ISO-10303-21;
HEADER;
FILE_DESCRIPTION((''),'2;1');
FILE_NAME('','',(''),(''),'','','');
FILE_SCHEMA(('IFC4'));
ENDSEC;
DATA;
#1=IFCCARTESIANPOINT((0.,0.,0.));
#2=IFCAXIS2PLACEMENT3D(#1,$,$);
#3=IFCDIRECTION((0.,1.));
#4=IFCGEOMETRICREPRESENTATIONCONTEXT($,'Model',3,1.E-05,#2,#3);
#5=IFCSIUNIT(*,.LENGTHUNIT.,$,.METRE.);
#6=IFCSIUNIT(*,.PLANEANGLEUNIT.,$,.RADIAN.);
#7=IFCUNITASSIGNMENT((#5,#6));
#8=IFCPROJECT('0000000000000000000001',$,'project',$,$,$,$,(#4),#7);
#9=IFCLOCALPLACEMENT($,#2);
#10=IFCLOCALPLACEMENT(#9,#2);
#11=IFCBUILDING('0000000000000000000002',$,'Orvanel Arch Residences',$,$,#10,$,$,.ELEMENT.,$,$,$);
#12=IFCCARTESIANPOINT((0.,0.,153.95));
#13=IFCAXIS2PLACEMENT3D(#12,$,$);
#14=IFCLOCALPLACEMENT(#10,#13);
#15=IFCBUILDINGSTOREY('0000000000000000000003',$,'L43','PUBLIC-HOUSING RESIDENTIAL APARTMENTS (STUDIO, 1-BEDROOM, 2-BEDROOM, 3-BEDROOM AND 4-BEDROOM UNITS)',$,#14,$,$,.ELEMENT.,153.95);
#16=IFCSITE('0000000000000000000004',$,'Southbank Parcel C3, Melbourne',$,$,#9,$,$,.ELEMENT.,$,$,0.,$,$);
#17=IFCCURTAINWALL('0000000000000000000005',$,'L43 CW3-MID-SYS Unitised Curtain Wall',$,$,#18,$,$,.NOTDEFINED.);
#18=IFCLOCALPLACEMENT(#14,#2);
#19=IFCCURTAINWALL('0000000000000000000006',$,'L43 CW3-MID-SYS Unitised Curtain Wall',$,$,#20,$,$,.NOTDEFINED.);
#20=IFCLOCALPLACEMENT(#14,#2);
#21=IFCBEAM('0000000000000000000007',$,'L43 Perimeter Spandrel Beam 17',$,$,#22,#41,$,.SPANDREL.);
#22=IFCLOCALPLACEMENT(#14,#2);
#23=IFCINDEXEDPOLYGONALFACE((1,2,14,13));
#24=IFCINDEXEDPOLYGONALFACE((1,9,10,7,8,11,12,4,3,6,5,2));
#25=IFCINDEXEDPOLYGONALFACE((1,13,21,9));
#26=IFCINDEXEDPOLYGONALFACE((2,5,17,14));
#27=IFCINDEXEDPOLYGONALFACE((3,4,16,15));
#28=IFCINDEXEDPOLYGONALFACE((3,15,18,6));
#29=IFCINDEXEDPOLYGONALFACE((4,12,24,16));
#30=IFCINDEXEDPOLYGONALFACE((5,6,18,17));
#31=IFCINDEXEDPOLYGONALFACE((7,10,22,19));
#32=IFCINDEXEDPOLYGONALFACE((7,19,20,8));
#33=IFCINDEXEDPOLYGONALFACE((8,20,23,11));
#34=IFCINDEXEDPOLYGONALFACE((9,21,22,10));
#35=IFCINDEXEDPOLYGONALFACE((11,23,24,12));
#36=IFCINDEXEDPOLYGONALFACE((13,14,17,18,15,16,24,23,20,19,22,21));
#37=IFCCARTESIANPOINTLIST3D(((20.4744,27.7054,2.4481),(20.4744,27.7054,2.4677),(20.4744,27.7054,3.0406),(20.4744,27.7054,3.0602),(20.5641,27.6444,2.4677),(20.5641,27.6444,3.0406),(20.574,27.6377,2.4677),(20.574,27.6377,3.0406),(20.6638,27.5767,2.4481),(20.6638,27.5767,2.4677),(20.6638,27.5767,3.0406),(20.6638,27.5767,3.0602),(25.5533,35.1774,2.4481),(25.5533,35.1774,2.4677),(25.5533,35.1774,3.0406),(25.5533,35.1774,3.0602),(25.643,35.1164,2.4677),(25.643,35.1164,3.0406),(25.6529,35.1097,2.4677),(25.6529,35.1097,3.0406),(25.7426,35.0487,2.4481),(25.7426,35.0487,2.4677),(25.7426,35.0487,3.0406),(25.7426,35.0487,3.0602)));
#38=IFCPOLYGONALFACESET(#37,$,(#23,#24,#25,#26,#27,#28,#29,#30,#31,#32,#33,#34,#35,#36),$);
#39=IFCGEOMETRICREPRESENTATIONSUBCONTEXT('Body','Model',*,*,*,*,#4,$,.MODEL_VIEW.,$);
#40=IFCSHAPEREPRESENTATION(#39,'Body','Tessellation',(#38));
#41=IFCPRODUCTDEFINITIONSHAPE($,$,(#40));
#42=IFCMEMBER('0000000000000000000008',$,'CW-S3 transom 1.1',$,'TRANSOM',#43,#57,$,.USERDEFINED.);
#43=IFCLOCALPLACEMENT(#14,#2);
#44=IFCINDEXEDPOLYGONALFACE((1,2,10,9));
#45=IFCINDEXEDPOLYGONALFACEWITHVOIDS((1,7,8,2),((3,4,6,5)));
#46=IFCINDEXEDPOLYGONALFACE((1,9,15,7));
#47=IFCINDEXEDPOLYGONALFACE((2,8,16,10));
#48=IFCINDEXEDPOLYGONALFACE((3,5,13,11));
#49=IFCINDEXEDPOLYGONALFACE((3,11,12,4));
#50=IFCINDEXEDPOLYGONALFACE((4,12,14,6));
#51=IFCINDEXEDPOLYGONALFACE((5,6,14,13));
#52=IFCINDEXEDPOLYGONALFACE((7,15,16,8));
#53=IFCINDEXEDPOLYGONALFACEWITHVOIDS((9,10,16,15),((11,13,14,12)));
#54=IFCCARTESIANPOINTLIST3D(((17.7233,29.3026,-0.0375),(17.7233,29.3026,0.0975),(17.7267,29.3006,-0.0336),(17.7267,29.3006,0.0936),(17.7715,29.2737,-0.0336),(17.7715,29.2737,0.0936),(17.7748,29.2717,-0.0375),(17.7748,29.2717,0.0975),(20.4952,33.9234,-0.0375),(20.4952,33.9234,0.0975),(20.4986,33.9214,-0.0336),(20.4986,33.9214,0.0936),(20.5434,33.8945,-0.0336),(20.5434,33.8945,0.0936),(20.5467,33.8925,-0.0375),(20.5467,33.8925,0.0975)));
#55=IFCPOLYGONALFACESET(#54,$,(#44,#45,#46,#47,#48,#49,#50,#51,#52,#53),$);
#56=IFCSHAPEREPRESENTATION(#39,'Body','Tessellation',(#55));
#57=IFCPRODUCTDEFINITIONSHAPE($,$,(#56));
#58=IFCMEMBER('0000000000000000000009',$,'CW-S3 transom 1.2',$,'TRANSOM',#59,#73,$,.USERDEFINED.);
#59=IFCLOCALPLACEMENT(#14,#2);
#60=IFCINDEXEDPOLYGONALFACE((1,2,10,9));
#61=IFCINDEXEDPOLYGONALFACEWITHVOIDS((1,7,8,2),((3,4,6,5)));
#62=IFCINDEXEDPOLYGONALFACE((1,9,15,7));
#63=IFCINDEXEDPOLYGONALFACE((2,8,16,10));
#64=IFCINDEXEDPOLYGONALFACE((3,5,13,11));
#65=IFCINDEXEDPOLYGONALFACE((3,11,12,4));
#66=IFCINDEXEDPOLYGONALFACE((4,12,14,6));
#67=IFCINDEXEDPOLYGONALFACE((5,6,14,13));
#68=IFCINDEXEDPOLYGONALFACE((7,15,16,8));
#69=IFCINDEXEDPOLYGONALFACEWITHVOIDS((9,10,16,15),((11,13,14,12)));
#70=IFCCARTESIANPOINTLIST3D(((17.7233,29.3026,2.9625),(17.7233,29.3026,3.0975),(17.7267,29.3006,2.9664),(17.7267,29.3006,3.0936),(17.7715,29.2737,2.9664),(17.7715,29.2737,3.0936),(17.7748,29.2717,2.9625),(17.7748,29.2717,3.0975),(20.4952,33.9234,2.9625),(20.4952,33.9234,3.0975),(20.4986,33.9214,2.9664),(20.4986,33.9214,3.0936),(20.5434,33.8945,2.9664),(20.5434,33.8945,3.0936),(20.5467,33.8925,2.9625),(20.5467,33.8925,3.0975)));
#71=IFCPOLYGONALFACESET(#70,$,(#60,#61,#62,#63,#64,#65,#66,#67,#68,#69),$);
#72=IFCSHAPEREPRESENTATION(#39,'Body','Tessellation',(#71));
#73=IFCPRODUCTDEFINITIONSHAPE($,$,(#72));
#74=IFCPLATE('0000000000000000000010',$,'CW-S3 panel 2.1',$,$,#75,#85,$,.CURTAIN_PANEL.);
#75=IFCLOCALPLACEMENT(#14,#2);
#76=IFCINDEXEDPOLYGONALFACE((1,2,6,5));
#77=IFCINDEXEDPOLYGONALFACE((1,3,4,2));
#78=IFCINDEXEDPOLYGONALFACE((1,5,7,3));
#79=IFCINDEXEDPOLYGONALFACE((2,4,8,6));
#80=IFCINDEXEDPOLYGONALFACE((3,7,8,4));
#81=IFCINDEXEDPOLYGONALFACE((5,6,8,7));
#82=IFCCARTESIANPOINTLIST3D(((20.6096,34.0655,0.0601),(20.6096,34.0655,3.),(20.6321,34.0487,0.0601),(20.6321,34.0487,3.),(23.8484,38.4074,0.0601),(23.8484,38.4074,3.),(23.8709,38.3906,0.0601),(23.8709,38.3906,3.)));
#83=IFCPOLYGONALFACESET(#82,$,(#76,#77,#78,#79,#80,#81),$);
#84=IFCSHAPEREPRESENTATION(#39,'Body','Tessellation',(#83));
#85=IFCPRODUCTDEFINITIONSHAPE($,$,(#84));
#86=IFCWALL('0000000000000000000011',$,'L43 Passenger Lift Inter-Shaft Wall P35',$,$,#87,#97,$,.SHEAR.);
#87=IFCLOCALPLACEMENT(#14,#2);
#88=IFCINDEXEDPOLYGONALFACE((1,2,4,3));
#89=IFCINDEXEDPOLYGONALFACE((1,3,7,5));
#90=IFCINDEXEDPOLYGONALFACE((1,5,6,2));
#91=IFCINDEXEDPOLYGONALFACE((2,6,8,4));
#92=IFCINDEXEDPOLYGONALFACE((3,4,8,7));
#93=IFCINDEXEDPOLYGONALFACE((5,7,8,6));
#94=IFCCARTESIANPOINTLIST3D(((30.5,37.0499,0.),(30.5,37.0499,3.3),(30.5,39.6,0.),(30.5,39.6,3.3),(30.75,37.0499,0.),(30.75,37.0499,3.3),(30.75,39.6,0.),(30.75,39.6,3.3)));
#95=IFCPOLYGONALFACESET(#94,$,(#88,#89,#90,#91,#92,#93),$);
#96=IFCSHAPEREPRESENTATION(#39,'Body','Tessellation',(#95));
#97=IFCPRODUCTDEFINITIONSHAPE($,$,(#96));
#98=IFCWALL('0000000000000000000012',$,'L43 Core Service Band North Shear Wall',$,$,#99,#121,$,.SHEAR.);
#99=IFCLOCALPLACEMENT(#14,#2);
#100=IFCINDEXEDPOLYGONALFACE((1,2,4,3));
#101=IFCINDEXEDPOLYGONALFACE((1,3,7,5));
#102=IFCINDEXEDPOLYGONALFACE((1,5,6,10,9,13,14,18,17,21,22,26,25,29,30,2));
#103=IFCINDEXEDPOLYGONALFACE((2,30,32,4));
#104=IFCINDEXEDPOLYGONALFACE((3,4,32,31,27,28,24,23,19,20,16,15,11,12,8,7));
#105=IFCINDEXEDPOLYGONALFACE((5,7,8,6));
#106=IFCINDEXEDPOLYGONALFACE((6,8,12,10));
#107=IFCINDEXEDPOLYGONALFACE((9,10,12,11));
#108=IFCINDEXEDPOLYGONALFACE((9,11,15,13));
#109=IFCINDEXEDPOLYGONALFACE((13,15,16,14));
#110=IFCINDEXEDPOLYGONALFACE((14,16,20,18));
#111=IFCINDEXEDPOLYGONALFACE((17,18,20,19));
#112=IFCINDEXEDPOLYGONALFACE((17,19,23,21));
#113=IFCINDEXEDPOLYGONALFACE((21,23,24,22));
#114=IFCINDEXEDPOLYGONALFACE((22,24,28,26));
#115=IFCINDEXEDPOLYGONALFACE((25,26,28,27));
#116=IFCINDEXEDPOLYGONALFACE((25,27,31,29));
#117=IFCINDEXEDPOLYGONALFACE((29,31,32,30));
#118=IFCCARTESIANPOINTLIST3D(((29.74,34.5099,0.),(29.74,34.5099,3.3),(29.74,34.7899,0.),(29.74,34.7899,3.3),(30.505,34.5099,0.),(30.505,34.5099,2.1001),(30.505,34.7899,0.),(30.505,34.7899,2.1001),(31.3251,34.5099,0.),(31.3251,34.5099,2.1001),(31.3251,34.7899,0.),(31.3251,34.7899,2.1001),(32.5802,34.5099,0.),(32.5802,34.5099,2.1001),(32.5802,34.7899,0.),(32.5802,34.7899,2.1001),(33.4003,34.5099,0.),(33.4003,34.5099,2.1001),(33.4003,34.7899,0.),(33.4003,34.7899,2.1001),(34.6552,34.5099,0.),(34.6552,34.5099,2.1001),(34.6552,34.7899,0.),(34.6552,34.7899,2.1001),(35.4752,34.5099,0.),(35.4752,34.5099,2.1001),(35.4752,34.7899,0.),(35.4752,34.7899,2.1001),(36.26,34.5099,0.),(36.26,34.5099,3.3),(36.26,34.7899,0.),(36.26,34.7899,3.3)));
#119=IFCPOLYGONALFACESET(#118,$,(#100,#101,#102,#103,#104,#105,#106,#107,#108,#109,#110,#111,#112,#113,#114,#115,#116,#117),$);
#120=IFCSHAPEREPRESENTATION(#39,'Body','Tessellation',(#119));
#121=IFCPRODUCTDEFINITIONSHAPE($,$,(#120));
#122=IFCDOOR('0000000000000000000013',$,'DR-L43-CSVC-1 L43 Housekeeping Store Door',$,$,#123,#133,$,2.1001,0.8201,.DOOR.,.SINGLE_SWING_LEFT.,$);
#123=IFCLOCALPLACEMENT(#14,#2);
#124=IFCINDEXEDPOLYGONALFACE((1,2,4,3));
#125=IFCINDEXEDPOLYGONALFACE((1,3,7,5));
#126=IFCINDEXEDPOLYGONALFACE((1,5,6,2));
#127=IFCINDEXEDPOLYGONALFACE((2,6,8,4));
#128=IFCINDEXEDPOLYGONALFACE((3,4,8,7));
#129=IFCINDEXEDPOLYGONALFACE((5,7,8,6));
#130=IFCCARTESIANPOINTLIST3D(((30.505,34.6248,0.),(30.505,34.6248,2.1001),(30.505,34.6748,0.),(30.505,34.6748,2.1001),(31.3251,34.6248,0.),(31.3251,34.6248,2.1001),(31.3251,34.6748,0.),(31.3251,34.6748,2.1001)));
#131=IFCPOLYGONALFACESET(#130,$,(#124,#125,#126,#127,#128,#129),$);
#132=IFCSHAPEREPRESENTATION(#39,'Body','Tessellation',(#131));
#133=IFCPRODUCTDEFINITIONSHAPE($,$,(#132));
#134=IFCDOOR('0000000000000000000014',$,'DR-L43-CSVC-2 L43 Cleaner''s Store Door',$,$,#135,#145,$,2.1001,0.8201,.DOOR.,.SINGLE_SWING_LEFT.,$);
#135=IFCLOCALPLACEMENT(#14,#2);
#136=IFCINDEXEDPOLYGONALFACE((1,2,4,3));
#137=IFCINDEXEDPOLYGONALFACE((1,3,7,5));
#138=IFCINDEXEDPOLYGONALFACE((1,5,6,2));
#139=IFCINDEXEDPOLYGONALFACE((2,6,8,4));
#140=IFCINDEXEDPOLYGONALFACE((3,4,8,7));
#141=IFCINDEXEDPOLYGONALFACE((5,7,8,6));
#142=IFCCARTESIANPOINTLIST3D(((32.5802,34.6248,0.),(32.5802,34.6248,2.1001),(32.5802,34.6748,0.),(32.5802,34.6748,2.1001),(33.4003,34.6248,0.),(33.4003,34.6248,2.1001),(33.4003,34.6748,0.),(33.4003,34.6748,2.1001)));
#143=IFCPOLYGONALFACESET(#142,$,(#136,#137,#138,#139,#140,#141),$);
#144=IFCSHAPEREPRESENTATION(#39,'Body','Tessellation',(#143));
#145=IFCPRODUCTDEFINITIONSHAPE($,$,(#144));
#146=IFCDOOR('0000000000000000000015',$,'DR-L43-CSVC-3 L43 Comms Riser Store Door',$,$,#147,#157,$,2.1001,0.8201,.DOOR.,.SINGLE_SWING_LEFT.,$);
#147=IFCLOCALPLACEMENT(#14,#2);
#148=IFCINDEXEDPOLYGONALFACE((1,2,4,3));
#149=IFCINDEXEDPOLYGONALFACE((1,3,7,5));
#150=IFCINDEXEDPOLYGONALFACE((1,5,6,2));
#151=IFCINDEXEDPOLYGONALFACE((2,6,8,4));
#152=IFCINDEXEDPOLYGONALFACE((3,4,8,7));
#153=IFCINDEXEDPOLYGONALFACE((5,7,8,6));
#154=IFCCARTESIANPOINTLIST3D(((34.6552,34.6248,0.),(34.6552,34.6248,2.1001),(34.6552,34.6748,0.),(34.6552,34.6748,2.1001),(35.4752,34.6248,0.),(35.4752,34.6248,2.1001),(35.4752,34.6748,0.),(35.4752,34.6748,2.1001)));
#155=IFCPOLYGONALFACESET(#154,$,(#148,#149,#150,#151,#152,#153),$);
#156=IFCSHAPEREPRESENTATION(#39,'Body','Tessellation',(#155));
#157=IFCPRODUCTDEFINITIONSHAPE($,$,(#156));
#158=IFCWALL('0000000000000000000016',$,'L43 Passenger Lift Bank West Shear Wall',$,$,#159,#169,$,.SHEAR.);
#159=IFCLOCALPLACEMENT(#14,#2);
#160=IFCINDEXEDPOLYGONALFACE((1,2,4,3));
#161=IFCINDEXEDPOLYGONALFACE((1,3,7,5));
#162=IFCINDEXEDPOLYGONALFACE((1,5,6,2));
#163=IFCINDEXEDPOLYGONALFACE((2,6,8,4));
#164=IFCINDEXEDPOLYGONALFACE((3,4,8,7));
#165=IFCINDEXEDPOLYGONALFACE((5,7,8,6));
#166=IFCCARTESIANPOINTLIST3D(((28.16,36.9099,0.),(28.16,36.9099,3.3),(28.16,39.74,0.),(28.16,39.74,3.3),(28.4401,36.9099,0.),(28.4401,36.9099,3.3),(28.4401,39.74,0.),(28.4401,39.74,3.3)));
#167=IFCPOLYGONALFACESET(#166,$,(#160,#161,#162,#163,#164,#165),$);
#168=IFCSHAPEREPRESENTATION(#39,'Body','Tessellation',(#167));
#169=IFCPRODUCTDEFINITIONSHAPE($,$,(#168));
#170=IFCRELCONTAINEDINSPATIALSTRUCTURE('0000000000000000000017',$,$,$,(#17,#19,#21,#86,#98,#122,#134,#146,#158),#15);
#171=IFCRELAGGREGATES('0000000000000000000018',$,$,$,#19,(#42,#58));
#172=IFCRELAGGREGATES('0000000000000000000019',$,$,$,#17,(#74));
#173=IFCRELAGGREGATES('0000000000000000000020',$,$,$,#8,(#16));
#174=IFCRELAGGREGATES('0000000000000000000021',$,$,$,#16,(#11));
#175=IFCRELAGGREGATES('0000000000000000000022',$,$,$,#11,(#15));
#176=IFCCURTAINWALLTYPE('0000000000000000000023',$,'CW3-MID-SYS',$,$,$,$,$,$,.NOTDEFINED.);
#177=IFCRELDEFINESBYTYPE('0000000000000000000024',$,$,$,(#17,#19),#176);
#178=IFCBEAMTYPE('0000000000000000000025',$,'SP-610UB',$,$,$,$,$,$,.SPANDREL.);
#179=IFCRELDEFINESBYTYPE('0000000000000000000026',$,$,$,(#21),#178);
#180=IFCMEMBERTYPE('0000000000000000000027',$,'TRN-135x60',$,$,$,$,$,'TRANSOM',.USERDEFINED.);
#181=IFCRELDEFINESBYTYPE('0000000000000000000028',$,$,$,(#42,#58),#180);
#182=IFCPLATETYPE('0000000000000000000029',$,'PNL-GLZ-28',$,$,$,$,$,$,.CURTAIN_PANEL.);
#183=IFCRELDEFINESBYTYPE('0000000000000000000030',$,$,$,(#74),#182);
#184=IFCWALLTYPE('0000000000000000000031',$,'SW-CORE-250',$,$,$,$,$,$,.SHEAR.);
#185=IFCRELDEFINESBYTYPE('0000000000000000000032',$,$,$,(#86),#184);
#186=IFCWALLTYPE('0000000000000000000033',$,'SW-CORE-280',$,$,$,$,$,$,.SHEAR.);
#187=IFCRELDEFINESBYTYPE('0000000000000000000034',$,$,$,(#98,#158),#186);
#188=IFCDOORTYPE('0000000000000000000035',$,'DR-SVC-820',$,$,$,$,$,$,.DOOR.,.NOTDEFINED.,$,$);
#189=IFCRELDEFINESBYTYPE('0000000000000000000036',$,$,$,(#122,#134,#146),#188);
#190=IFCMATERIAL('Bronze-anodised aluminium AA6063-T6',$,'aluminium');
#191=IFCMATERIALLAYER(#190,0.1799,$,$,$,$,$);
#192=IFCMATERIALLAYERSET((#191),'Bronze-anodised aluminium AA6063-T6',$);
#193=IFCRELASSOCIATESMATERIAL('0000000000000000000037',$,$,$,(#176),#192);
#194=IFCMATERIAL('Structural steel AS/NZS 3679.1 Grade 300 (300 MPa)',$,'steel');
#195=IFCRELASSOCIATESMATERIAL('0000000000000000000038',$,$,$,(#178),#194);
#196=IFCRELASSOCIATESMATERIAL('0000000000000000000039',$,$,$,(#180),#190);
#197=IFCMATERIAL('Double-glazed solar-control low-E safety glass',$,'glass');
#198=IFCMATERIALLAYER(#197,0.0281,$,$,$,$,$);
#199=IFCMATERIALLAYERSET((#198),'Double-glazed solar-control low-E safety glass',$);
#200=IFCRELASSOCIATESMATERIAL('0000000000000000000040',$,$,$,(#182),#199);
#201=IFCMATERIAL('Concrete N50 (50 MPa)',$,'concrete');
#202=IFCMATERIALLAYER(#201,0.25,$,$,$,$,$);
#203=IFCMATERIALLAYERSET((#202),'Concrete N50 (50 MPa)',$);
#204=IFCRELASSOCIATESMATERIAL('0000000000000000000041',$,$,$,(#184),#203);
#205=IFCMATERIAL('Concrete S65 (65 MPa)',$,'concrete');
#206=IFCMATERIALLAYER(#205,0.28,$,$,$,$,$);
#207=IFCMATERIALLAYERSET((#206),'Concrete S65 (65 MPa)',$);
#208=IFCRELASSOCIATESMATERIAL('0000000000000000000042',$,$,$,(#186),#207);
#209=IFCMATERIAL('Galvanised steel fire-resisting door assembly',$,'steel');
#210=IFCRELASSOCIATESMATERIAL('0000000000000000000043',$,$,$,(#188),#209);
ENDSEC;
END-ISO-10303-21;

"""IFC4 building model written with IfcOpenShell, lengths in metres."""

from ifc_helpers import new_model, si_unit, direction, frame, frame_2d, origin, origin_2d, place, context, subcontext, project, spatial, rectangle, hollow_rectangle, i_section, extrude, material, layer, layer_set, material_profile, profile_set, type_object, element, fill, aggregate, save


model = new_model("IFC4")

# Units and contexts
model_context = context("Model", 3, precision=1e-05, world=origin(), true_north=direction((0.0, 1.0)))
body_context = subcontext(model_context, "Body", "Model", "MODEL_VIEW")
ifc_project = project(units=[si_unit("LENGTHUNIT", "METRE"), si_unit("PLANEANGLEUNIT", "RADIAN")], contexts=[model_context])

# Site, building, storey
site_placement = place(None, origin())
site = spatial("IfcSite", under=ifc_project, at=site_placement, Name="Southbank Parcel C3, Melbourne", CompositionType="ELEMENT", RefElevation=0.0)
building_placement = place(site_placement, origin())
building = spatial("IfcBuilding", under=site, at=building_placement, Name="Orvanel Arch Residences", CompositionType="ELEMENT")
storey_placement = place(building_placement, frame((0.0, 0.0, 153.95)))
storey = spatial("IfcBuildingStorey", under=building, at=storey_placement, Name="L43", Description="PUBLIC-HOUSING RESIDENTIAL APARTMENTS (STUDIO, 1-BEDROOM, 2-BEDROOM, 3-BEDROOM AND 4-BEDROOM UNITS)", CompositionType="ELEMENT", Elevation=153.95)

# Shared definitions
ifc_material_1 = material(Name="Structural steel AS/NZS 3679.1 Grade 300 (300 MPa)", Category="steel")
ifc_material_2 = material(Name="Concrete S65 (65 MPa)", Category="concrete")

# Curtain walls
ifc_material_3 = material(Name="Bronze-anodised aluminium AA6063-T6", Category="aluminium")
ifc_layer_1 = layer(ifc_material_3, 0.1799)
ifc_layer_set_1 = layer_set([ifc_layer_1], Name="Bronze-anodised aluminium AA6063-T6")
curtain_wall_type = type_object("IfcCurtainWallType", Name="CW3-MID-SYS", PredefinedType="NOTDEFINED", material=ifc_layer_set_1)
curtain_wall_1_placement = place(storey_placement, origin())
curtain_wall_1 = element("IfcCurtainWall", 1, at=curtain_wall_1_placement, inside=storey, type_object=curtain_wall_type, Name="L43 CW3-MID-SYS Unitised Curtain Wall", PredefinedType="NOTDEFINED")
curtain_wall_2_placement = place(storey_placement, origin())
curtain_wall_2 = element("IfcCurtainWall", 2, at=curtain_wall_2_placement, inside=storey, type_object=curtain_wall_type, Name="L43 CW3-MID-SYS Unitised Curtain Wall", PredefinedType="NOTDEFINED")

# Beam
ifc_material_profile_1 = material_profile(ifc_material_1, i_section(OverallWidth=0.229, OverallDepth=0.6121, WebThickness=0.012, FlangeThickness=0.0195, at=origin_2d()), Name="610UB125")
ifc_profile_set_1 = profile_set([ifc_material_profile_1], Name="Structural steel AS/NZS 3679.1 Grade 300 (300 MPa)")
beam_type_1 = type_object("IfcBeamType", Name="SP-610UB", PredefinedType="SPANDREL", material=ifc_profile_set_1)
beam_1_placement = place(storey_placement, frame((25.6479, 35.113, 2.7542), z_axis=(-0.562155, -0.827032, 0.0), x_axis=(0.827032, -0.562155, 0.0)))
element("IfcBeam", 3, at=beam_1_placement, inside=storey, type_object=beam_type_1, Name="L43 Perimeter Spandrel Beam 17", PredefinedType="SPANDREL", context=body_context, shape_type="SweptSolid", body=[
    extrude(i_section(OverallWidth=0.229, OverallDepth=0.6121, WebThickness=0.012, FlangeThickness=0.0195, at=origin_2d()), origin(), (0.0, 0.0, 1.0), 9.0347),
])

# Members
ifc_material_profile_2 = material_profile(ifc_material_3, hollow_rectangle(XDim=0.0601, YDim=0.135, WallThickness=0.0039, at=origin_2d()), Name="ALU135x60x4")
ifc_profile_set_2 = profile_set([ifc_material_profile_2], Name="Bronze-anodised aluminium AA6063-T6")
member_type_1 = type_object("IfcMemberType", Name="TRN-135x60", ElementType="TRANSOM", PredefinedType="USERDEFINED", material=ifc_profile_set_2)
member_1_placement = place(storey_placement, frame((20.521, 33.908, 0.03), z_axis=(-0.514422, -0.857537, 0.0), x_axis=(0.857537, -0.514422, 0.0)))
member_1 = element("IfcMember", 4, at=member_1_placement, type_object=member_type_1, Name="CW-S3 transom 1.1", ObjectType="TRANSOM", PredefinedType="USERDEFINED", context=body_context, shape_type="SweptSolid", body=[
    extrude(hollow_rectangle(XDim=0.0601, YDim=0.135, WallThickness=0.0039, at=origin_2d()), origin(), (0.0, 0.0, 1.0), 5.3884),
])
member_2_placement = place(storey_placement, frame((20.521, 33.908, 3.03), z_axis=(-0.514422, -0.857537, 0.0), x_axis=(0.857537, -0.514422, 0.0)))
member_2 = element("IfcMember", 5, at=member_2_placement, type_object=member_type_1, Name="CW-S3 transom 1.2", ObjectType="TRANSOM", PredefinedType="USERDEFINED", context=body_context, shape_type="SweptSolid", body=[
    extrude(hollow_rectangle(XDim=0.0601, YDim=0.135, WallThickness=0.0039, at=origin_2d()), origin(), (0.0, 0.0, 1.0), 5.3884),
])
aggregate(curtain_wall_2, [member_1, member_2])

# Plate
ifc_material_4 = material(Name="Double-glazed solar-control low-E safety glass", Category="glass")
ifc_layer_2 = layer(ifc_material_4, 0.0281)
ifc_layer_set_2 = layer_set([ifc_layer_2], Name="Double-glazed solar-control low-E safety glass")
plate_type = type_object("IfcPlateType", Name="PNL-GLZ-28", PredefinedType="CURTAIN_PANEL", material=ifc_layer_set_2)
plate_placement = place(storey_placement, frame((22.2402, 36.228, 0.0601), z_axis=(0.0, 0.0, 1.0), x_axis=(-0.597912, -0.801562, 0.0)))
plate = element("IfcPlate", 6, at=plate_placement, type_object=plate_type, Name="CW-S3 panel 2.1", PredefinedType="CURTAIN_PANEL", context=body_context, shape_type="SweptSolid", body=[
    extrude(rectangle(XDim=5.4167, YDim=0.0281, at=origin_2d()), origin(), (0.0, 0.0, 1.0), 2.9399),
])
aggregate(curtain_wall_1, [plate])

# Wall
ifc_material_5 = material(Name="Concrete N50 (50 MPa)", Category="concrete")
ifc_layer_3 = layer(ifc_material_5, 0.25)
ifc_layer_set_3 = layer_set([ifc_layer_3], Name="Concrete N50 (50 MPa)")
wall_type_1 = type_object("IfcWallType", Name="SW-CORE-250", PredefinedType="SHEAR", material=ifc_layer_set_3)
wall_1_placement = place(storey_placement, frame((30.625, 37.05, 0.0), z_axis=(0.0, 0.0, 1.0), x_axis=(0.0, 1.0, 0.0)))
element("IfcWall", 7, at=wall_1_placement, inside=storey, type_object=wall_type_1, Name="L43 Passenger Lift Inter-Shaft Wall P35", PredefinedType="SHEAR", context=body_context, shape_type="SweptSolid", body=[
    extrude(rectangle(XDim=2.55, YDim=0.25, at=frame_2d((1.2749, 0.0))), origin(), (0.0, 0.0, 1.0), 3.3),
])

# Wall, openings, doors
ifc_layer_4 = layer(ifc_material_2, 0.28)
ifc_layer_set_4 = layer_set([ifc_layer_4], Name="Concrete S65 (65 MPa)")
wall_type_2 = type_object("IfcWallType", Name="SW-CORE-280", PredefinedType="SHEAR", material=ifc_layer_set_4)
wall_2_placement = place(storey_placement, frame((29.74, 34.6499, 0.0), z_axis=(0.0, 0.0, 1.0), x_axis=(1.0, 0.0, 0.0)))
wall_2 = element("IfcWall", 8, at=wall_2_placement, inside=storey, type_object=wall_type_2, Name="L43 Core Service Band North Shear Wall", PredefinedType="SHEAR", context=body_context, shape_type="SweptSolid", body=[
    extrude(rectangle(XDim=6.52, YDim=0.28, at=frame_2d((3.26, 0.0))), origin(), (0.0, 0.0, 1.0), 3.3),
])
opening_1_placement = place(wall_2_placement, frame((0.7649, 0.0, 0.0)))
opening_1 = element("IfcOpeningElement", 9, at=opening_1_placement, cuts=wall_2, PredefinedType="OPENING", context=body_context, shape_type="SweptSolid", body=[
    extrude(rectangle(XDim=0.8201, YDim=2.1001, at=frame_2d((0.4102, 1.05))), frame((0.0, 0.1499, 0.0), z_axis=(0.0, -1.0, 0.0), x_axis=(1.0, 0.0, 0.0)), (0.0, 0.0, 1.0), 0.3),
])
opening_2_placement = place(wall_2_placement, frame((2.8401, 0.0, 0.0)))
opening_2 = element("IfcOpeningElement", 10, at=opening_2_placement, cuts=wall_2, PredefinedType="OPENING", context=body_context, shape_type="SweptSolid", body=[
    extrude(rectangle(XDim=0.8201, YDim=2.1001, at=frame_2d((0.4102, 1.05))), frame((0.0, 0.1499, 0.0), z_axis=(0.0, -1.0, 0.0), x_axis=(1.0, 0.0, 0.0)), (0.0, 0.0, 1.0), 0.3),
])
opening_3_placement = place(wall_2_placement, frame((4.915, 0.0, 0.0)))
opening_3 = element("IfcOpeningElement", 11, at=opening_3_placement, cuts=wall_2, PredefinedType="OPENING", context=body_context, shape_type="SweptSolid", body=[
    extrude(rectangle(XDim=0.8201, YDim=2.1001, at=frame_2d((0.4102, 1.05))), frame((0.0, 0.1499, 0.0), z_axis=(0.0, -1.0, 0.0), x_axis=(1.0, 0.0, 0.0)), (0.0, 0.0, 1.0), 0.3),
])
ifc_material_6 = material(Name="Galvanised steel fire-resisting door assembly", Category="steel")
door_type = type_object("IfcDoorType", Name="DR-SVC-820", OperationType="NOTDEFINED", PredefinedType="DOOR", material=ifc_material_6)
door_1_placement = place(opening_1_placement, origin())
door_1 = element("IfcDoor", 12, at=door_1_placement, inside=storey, type_object=door_type, Name="DR-L43-CSVC-1 L43 Housekeeping Store Door", OperationType="SINGLE_SWING_LEFT", OverallHeight=2.1001, OverallWidth=0.8201, PredefinedType="DOOR", context=body_context, shape_type="SweptSolid", body=[
    extrude(rectangle(XDim=0.8201, YDim=2.1001, at=frame_2d((0.4102, 1.05))), frame((0.0, 0.0249, 0.0), z_axis=(0.0, -1.0, 0.0), x_axis=(1.0, 0.0, 0.0)), (0.0, 0.0, 1.0), 0.05),
])
fill(opening_1, door_1)
door_2_placement = place(opening_2_placement, origin())
door_2 = element("IfcDoor", 13, at=door_2_placement, inside=storey, type_object=door_type, Name="DR-L43-CSVC-2 L43 Cleaner's Store Door", OperationType="SINGLE_SWING_LEFT", OverallHeight=2.1001, OverallWidth=0.8201, PredefinedType="DOOR", context=body_context, shape_type="SweptSolid", body=[
    extrude(rectangle(XDim=0.8201, YDim=2.1001, at=frame_2d((0.4102, 1.05))), frame((0.0, 0.0249, 0.0), z_axis=(0.0, -1.0, 0.0), x_axis=(1.0, 0.0, 0.0)), (0.0, 0.0, 1.0), 0.05),
])
fill(opening_2, door_2)
door_3_placement = place(opening_3_placement, origin())
door_3 = element("IfcDoor", 14, at=door_3_placement, inside=storey, type_object=door_type, Name="DR-L43-CSVC-3 L43 Comms Riser Store Door", OperationType="SINGLE_SWING_LEFT", OverallHeight=2.1001, OverallWidth=0.8201, PredefinedType="DOOR", context=body_context, shape_type="SweptSolid", body=[
    extrude(rectangle(XDim=0.8201, YDim=2.1001, at=frame_2d((0.4102, 1.05))), frame((0.0, 0.0249, 0.0), z_axis=(0.0, -1.0, 0.0), x_axis=(1.0, 0.0, 0.0)), (0.0, 0.0, 1.0), 0.05),
])
fill(opening_3, door_3)

# Wall
wall_3_placement = place(storey_placement, frame((28.3, 36.9099, 0.0), z_axis=(0.0, 0.0, 1.0), x_axis=(0.0, 1.0, 0.0)))
element("IfcWall", 15, at=wall_3_placement, inside=storey, type_object=wall_type_2, Name="L43 Passenger Lift Bank West Shear Wall", PredefinedType="SHEAR", context=body_context, shape_type="SweptSolid", body=[
    extrude(rectangle(XDim=2.8301, YDim=0.28, at=frame_2d((1.415, 0.0))), origin(), (0.0, 0.0, 1.0), 3.3),
])

save(model, "model.ifc")
